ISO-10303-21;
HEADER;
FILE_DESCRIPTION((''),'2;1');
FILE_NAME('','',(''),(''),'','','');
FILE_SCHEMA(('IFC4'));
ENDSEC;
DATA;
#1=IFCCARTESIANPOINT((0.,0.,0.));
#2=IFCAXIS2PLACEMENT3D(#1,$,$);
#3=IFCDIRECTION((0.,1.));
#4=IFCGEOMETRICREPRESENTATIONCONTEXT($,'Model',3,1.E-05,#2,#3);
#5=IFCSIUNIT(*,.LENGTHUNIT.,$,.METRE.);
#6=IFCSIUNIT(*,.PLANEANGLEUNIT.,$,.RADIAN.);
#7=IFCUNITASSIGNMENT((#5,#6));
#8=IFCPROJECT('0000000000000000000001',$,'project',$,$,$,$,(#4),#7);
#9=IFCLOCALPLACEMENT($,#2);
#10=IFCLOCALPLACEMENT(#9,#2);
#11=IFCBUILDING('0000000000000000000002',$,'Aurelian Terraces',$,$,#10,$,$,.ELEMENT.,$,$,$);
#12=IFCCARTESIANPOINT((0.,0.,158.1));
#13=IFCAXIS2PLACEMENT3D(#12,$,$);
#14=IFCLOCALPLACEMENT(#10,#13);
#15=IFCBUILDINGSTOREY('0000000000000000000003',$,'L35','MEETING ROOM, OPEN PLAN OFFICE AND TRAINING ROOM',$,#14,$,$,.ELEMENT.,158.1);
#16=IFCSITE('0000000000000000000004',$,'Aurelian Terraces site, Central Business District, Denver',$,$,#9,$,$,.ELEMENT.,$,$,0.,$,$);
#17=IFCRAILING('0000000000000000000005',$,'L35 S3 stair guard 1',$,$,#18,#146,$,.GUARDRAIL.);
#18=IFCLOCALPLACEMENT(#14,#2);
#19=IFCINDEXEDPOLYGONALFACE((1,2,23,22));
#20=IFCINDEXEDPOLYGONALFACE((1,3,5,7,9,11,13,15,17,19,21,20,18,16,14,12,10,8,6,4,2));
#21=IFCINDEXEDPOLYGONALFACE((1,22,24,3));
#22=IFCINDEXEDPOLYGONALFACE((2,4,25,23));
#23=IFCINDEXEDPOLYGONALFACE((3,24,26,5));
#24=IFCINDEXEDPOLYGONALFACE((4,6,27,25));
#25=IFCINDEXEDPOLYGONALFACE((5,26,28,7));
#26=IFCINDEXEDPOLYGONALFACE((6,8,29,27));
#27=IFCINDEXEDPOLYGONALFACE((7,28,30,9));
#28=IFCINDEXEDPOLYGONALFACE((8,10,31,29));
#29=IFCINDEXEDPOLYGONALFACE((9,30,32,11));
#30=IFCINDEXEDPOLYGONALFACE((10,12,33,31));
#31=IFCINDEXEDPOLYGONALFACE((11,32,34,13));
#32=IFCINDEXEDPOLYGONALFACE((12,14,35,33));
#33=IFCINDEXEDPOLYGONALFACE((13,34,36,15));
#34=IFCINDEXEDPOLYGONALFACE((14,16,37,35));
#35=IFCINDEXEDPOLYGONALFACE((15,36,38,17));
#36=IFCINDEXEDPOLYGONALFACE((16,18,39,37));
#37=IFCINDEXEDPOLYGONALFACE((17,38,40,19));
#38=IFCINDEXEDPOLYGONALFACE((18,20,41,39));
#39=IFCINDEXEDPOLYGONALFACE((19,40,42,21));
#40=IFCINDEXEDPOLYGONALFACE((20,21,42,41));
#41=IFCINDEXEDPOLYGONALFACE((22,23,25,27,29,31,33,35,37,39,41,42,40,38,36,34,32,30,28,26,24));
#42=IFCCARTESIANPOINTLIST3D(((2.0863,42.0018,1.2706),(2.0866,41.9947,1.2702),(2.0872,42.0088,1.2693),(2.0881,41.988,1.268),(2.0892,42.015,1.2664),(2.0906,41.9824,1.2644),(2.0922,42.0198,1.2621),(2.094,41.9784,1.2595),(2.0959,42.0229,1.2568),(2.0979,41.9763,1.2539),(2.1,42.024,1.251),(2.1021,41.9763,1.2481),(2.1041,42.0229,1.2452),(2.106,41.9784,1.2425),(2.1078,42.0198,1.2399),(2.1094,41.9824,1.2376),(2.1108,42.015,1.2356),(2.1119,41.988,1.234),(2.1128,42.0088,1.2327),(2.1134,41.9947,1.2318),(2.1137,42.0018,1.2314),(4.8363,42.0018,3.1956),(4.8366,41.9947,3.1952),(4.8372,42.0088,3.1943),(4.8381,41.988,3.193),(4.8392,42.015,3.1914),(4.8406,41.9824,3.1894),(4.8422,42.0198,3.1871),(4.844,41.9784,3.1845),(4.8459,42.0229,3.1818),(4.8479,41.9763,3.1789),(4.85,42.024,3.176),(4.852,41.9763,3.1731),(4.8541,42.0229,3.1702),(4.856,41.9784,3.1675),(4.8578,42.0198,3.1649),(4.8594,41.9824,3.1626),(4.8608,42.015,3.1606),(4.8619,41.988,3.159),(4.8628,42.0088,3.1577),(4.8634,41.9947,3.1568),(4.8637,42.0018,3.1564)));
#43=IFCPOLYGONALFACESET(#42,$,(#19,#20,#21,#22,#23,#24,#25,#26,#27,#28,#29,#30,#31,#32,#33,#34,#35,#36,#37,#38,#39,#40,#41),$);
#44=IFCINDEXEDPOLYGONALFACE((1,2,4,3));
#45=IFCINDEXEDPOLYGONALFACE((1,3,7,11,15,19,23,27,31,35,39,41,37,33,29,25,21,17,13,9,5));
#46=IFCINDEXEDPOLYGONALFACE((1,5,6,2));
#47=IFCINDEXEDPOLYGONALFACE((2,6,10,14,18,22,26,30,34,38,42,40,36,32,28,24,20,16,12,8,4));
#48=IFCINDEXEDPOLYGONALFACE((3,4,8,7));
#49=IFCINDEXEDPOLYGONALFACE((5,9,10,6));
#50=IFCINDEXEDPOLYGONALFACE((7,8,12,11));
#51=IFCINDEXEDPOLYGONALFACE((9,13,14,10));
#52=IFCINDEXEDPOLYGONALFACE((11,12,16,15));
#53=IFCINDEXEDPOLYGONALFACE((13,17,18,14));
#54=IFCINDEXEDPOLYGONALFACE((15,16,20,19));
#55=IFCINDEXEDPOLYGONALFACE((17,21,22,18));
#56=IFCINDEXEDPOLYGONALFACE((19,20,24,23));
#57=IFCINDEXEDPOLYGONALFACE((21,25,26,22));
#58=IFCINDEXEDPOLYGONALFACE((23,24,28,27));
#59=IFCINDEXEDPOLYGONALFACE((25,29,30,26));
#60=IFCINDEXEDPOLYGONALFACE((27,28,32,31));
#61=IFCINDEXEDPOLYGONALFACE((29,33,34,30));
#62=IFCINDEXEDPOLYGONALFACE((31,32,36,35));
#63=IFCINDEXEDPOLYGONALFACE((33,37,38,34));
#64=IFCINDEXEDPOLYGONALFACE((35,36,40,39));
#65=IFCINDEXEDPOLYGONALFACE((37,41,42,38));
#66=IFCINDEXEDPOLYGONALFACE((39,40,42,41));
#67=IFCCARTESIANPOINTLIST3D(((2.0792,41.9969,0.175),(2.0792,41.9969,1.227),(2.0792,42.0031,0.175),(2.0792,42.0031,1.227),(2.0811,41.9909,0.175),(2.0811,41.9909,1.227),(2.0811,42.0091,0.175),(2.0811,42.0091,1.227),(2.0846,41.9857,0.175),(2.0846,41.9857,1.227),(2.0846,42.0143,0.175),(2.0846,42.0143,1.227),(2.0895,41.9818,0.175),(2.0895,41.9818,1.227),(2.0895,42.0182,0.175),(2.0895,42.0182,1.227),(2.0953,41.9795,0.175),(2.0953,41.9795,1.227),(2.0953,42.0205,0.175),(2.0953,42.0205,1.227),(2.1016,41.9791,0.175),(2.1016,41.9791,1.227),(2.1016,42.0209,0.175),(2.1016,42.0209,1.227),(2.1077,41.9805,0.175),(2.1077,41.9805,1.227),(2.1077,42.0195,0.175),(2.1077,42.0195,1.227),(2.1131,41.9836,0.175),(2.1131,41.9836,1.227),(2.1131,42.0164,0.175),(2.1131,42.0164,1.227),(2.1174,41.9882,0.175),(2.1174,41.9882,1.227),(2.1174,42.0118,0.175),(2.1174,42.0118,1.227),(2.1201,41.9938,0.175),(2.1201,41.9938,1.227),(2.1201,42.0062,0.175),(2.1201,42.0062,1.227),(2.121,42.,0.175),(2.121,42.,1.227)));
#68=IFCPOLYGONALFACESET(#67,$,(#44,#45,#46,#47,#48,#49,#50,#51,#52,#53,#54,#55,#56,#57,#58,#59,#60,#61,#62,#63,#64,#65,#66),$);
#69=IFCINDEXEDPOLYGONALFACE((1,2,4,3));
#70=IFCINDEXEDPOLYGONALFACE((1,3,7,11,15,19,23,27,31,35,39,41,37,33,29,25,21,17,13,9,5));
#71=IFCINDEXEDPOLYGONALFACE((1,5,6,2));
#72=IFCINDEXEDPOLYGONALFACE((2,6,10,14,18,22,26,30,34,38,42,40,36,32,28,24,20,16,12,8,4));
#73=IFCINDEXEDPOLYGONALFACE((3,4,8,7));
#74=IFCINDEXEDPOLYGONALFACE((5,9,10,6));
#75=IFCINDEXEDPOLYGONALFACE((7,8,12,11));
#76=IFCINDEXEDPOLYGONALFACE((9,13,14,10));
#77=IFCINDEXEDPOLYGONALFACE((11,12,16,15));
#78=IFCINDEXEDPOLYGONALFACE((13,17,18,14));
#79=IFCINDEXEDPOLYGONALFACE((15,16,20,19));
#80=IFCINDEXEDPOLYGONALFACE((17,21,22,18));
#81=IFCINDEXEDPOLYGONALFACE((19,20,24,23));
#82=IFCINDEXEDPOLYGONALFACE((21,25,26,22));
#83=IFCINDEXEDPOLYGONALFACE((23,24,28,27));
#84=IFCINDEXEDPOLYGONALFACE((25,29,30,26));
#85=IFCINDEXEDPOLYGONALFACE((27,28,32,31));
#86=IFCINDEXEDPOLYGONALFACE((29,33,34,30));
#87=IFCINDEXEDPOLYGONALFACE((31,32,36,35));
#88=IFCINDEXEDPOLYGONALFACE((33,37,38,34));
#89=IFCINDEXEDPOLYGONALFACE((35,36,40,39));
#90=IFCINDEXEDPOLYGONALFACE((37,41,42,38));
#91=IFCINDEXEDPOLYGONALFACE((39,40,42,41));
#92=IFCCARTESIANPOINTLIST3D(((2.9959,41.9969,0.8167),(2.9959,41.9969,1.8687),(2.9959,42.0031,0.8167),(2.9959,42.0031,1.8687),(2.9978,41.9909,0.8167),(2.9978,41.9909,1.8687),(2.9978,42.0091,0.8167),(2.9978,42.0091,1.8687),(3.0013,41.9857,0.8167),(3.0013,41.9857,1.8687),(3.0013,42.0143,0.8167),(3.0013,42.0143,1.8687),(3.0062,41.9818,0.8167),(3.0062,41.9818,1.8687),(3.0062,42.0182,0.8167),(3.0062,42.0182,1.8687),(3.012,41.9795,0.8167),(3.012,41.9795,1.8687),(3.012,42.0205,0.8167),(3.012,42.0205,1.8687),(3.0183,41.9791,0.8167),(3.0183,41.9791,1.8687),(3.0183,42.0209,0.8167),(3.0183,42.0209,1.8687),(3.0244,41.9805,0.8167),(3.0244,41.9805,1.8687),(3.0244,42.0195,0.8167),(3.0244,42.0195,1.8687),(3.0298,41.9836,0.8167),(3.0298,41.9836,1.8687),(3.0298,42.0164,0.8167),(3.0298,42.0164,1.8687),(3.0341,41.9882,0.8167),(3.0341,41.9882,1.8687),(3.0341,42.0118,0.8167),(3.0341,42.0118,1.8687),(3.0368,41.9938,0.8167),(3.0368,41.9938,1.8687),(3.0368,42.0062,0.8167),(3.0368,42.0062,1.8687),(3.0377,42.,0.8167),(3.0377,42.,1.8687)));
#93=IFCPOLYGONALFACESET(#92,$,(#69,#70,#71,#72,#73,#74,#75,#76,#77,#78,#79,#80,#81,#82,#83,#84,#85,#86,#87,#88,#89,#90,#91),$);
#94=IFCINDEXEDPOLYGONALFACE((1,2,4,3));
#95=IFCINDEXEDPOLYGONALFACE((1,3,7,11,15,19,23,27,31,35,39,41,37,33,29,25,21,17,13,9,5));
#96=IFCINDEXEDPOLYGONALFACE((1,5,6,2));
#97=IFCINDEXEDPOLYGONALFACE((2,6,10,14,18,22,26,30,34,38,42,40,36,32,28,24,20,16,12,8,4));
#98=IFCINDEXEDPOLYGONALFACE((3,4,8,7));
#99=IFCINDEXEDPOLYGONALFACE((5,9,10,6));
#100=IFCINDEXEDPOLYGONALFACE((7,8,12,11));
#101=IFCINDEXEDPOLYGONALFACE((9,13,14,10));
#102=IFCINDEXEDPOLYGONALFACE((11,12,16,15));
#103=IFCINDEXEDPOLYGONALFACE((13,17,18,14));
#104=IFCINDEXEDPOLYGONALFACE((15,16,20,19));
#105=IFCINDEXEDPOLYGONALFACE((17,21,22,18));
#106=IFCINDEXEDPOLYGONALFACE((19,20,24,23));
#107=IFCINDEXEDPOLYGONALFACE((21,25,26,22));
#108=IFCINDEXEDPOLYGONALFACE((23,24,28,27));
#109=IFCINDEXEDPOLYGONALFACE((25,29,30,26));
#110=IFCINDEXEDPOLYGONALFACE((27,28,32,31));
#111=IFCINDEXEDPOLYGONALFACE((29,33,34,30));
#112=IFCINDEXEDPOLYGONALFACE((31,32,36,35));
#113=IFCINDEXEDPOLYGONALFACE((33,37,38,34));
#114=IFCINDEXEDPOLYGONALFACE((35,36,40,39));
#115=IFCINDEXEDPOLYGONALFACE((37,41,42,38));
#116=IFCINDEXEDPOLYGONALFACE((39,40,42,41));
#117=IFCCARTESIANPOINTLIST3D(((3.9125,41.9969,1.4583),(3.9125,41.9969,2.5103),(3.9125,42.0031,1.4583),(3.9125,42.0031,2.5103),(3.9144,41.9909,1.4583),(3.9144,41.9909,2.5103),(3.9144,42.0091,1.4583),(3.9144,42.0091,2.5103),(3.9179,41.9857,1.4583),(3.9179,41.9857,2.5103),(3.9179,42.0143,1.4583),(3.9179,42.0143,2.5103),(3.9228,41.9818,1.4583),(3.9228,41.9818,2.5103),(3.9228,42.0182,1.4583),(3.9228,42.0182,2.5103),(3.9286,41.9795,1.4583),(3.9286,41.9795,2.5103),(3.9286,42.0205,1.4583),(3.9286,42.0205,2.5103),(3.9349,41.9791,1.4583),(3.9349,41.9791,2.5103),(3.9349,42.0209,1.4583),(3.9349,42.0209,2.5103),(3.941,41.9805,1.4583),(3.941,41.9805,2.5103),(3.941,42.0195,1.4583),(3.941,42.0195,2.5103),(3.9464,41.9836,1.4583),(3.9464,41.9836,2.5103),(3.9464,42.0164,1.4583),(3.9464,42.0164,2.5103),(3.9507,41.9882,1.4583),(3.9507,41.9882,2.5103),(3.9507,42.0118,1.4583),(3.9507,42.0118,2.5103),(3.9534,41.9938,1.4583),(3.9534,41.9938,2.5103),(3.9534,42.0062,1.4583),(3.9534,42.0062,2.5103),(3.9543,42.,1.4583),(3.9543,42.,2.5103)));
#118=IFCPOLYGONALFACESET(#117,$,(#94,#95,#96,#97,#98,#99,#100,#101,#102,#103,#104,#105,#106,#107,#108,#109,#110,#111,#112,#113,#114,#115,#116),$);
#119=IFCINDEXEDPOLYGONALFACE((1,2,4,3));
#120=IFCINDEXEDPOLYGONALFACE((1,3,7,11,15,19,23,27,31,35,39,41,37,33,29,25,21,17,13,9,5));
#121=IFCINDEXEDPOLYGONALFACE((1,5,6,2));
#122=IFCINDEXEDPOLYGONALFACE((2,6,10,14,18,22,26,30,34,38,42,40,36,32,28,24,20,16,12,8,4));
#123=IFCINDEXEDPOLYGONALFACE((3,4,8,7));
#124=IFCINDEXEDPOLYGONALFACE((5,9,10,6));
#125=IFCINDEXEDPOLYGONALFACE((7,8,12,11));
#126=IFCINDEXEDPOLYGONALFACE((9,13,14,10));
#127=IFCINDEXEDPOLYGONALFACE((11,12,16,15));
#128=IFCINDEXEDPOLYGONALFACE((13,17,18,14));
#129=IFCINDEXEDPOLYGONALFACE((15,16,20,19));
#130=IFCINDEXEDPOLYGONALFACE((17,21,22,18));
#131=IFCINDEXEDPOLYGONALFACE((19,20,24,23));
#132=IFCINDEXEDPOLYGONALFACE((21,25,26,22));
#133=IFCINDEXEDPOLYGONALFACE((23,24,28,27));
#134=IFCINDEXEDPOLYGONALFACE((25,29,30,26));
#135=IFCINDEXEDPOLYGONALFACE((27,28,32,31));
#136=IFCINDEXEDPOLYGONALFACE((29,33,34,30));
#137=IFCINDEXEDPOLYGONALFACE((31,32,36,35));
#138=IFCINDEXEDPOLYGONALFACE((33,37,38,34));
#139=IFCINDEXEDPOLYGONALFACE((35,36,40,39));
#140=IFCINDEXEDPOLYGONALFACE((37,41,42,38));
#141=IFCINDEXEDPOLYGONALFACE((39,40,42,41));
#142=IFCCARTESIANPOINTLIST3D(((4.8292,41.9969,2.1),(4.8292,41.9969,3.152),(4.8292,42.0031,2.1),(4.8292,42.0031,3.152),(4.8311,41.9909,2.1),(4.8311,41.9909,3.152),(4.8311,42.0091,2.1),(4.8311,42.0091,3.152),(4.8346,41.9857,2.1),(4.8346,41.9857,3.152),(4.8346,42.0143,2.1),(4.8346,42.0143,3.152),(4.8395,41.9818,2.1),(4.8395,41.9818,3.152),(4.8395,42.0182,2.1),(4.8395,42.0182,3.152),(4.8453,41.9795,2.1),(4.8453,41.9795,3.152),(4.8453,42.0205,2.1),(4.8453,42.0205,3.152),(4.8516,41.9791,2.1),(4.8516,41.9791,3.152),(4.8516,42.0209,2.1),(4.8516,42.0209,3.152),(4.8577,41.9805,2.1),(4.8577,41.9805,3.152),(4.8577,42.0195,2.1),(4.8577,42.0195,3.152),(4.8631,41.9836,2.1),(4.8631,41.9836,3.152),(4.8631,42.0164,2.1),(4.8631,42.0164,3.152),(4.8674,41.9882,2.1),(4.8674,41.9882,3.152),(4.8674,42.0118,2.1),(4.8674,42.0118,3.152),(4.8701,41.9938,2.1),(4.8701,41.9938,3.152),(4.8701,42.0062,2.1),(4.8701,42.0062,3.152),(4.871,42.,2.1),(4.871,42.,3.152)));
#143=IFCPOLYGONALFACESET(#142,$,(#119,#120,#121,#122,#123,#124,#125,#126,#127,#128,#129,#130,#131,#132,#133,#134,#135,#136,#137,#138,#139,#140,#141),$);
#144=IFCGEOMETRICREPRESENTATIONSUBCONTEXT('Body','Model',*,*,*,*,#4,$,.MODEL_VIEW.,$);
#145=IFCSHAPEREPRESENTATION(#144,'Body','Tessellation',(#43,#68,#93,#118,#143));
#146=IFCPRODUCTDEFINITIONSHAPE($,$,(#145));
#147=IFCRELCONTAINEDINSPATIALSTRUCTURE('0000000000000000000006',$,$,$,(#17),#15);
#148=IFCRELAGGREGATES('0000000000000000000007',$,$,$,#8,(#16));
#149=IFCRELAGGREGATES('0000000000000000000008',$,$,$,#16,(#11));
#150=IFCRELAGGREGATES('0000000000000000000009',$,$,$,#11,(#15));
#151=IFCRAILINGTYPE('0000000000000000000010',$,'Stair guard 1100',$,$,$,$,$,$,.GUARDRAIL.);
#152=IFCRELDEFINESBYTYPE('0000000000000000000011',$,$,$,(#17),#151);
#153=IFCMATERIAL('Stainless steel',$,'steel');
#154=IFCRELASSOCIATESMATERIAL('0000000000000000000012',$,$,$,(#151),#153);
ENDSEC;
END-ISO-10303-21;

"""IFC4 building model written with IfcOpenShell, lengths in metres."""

from ifc_helpers import new_model, si_unit, direction, frame, origin, origin_2d, place, context, subcontext, project, spatial, circle, extrude, source, transform, mapped, material, type_object, element, save


model = new_model("IFC4")

# Units and contexts
model_context = context("Model", 3, precision=1e-05, world=origin(), true_north=direction((0.0, 1.0)))
body_context = subcontext(model_context, "Body", "Model", "MODEL_VIEW")
ifc_project = project(units=[si_unit("LENGTHUNIT", "METRE"), si_unit("PLANEANGLEUNIT", "RADIAN")], contexts=[model_context])

# Site, building, storey
site_placement = place(None, origin())
site = spatial("IfcSite", under=ifc_project, at=site_placement, Name="Aurelian Terraces site, Central Business District, Denver", CompositionType="ELEMENT", RefElevation=0.0)
building_placement = place(site_placement, origin())
building = spatial("IfcBuilding", under=site, at=building_placement, Name="Aurelian Terraces", CompositionType="ELEMENT")
storey_placement = place(building_placement, frame((0.0, 0.0, 158.1)))
storey = spatial("IfcBuildingStorey", under=building, at=storey_placement, Name="L35", Description="MEETING ROOM, OPEN PLAN OFFICE AND TRAINING ROOM", CompositionType="ELEMENT", Elevation=158.1)

# Railing
ifc_material_1 = material(Name="Stainless steel", Category="steel")
railing_type_1 = type_object("IfcRailingType", Name="Stair guard 1100", PredefinedType="GUARDRAIL", material=ifc_material_1)
shared_shape_1 = source(origin(), body_context, "Body", "SweptSolid", [
    extrude(circle(Radius=0.024, at=origin_2d()), frame((0.0, 0.0, 1.076), z_axis=(0.819232, 0.0, 0.573462), x_axis=(0.0, 1.0, 0.0)), (0.0, 0.0, 1.0), 3.3568),
    extrude(circle(Radius=0.021, at=origin_2d()), origin(), (0.0, 0.0, 1.0), 1.052),
    extrude(circle(Radius=0.021, at=origin_2d()), frame((0.9167, 0.0, 0.6417)), (0.0, 0.0, 1.0), 1.052),
    extrude(circle(Radius=0.021, at=origin_2d()), frame((1.8333, 0.0, 1.2833)), (0.0, 0.0, 1.0), 1.052),
    extrude(circle(Radius=0.021, at=origin_2d()), frame((2.75, 0.0, 1.925)), (0.0, 0.0, 1.0), 1.052),
])
railing_1_placement = place(storey_placement, frame((2.1, 42.0, 0.175)))
element("IfcRailing", 1, at=railing_1_placement, inside=storey, type_object=railing_type_1, Name="L35 S3 stair guard 1", PredefinedType="GUARDRAIL", context=body_context, shape_type="MappedRepresentation", body=[
    mapped(shared_shape_1, transform((0.0, 0.0, 0.0), scale=1.0)),
])

save(model, "model.ifc")
